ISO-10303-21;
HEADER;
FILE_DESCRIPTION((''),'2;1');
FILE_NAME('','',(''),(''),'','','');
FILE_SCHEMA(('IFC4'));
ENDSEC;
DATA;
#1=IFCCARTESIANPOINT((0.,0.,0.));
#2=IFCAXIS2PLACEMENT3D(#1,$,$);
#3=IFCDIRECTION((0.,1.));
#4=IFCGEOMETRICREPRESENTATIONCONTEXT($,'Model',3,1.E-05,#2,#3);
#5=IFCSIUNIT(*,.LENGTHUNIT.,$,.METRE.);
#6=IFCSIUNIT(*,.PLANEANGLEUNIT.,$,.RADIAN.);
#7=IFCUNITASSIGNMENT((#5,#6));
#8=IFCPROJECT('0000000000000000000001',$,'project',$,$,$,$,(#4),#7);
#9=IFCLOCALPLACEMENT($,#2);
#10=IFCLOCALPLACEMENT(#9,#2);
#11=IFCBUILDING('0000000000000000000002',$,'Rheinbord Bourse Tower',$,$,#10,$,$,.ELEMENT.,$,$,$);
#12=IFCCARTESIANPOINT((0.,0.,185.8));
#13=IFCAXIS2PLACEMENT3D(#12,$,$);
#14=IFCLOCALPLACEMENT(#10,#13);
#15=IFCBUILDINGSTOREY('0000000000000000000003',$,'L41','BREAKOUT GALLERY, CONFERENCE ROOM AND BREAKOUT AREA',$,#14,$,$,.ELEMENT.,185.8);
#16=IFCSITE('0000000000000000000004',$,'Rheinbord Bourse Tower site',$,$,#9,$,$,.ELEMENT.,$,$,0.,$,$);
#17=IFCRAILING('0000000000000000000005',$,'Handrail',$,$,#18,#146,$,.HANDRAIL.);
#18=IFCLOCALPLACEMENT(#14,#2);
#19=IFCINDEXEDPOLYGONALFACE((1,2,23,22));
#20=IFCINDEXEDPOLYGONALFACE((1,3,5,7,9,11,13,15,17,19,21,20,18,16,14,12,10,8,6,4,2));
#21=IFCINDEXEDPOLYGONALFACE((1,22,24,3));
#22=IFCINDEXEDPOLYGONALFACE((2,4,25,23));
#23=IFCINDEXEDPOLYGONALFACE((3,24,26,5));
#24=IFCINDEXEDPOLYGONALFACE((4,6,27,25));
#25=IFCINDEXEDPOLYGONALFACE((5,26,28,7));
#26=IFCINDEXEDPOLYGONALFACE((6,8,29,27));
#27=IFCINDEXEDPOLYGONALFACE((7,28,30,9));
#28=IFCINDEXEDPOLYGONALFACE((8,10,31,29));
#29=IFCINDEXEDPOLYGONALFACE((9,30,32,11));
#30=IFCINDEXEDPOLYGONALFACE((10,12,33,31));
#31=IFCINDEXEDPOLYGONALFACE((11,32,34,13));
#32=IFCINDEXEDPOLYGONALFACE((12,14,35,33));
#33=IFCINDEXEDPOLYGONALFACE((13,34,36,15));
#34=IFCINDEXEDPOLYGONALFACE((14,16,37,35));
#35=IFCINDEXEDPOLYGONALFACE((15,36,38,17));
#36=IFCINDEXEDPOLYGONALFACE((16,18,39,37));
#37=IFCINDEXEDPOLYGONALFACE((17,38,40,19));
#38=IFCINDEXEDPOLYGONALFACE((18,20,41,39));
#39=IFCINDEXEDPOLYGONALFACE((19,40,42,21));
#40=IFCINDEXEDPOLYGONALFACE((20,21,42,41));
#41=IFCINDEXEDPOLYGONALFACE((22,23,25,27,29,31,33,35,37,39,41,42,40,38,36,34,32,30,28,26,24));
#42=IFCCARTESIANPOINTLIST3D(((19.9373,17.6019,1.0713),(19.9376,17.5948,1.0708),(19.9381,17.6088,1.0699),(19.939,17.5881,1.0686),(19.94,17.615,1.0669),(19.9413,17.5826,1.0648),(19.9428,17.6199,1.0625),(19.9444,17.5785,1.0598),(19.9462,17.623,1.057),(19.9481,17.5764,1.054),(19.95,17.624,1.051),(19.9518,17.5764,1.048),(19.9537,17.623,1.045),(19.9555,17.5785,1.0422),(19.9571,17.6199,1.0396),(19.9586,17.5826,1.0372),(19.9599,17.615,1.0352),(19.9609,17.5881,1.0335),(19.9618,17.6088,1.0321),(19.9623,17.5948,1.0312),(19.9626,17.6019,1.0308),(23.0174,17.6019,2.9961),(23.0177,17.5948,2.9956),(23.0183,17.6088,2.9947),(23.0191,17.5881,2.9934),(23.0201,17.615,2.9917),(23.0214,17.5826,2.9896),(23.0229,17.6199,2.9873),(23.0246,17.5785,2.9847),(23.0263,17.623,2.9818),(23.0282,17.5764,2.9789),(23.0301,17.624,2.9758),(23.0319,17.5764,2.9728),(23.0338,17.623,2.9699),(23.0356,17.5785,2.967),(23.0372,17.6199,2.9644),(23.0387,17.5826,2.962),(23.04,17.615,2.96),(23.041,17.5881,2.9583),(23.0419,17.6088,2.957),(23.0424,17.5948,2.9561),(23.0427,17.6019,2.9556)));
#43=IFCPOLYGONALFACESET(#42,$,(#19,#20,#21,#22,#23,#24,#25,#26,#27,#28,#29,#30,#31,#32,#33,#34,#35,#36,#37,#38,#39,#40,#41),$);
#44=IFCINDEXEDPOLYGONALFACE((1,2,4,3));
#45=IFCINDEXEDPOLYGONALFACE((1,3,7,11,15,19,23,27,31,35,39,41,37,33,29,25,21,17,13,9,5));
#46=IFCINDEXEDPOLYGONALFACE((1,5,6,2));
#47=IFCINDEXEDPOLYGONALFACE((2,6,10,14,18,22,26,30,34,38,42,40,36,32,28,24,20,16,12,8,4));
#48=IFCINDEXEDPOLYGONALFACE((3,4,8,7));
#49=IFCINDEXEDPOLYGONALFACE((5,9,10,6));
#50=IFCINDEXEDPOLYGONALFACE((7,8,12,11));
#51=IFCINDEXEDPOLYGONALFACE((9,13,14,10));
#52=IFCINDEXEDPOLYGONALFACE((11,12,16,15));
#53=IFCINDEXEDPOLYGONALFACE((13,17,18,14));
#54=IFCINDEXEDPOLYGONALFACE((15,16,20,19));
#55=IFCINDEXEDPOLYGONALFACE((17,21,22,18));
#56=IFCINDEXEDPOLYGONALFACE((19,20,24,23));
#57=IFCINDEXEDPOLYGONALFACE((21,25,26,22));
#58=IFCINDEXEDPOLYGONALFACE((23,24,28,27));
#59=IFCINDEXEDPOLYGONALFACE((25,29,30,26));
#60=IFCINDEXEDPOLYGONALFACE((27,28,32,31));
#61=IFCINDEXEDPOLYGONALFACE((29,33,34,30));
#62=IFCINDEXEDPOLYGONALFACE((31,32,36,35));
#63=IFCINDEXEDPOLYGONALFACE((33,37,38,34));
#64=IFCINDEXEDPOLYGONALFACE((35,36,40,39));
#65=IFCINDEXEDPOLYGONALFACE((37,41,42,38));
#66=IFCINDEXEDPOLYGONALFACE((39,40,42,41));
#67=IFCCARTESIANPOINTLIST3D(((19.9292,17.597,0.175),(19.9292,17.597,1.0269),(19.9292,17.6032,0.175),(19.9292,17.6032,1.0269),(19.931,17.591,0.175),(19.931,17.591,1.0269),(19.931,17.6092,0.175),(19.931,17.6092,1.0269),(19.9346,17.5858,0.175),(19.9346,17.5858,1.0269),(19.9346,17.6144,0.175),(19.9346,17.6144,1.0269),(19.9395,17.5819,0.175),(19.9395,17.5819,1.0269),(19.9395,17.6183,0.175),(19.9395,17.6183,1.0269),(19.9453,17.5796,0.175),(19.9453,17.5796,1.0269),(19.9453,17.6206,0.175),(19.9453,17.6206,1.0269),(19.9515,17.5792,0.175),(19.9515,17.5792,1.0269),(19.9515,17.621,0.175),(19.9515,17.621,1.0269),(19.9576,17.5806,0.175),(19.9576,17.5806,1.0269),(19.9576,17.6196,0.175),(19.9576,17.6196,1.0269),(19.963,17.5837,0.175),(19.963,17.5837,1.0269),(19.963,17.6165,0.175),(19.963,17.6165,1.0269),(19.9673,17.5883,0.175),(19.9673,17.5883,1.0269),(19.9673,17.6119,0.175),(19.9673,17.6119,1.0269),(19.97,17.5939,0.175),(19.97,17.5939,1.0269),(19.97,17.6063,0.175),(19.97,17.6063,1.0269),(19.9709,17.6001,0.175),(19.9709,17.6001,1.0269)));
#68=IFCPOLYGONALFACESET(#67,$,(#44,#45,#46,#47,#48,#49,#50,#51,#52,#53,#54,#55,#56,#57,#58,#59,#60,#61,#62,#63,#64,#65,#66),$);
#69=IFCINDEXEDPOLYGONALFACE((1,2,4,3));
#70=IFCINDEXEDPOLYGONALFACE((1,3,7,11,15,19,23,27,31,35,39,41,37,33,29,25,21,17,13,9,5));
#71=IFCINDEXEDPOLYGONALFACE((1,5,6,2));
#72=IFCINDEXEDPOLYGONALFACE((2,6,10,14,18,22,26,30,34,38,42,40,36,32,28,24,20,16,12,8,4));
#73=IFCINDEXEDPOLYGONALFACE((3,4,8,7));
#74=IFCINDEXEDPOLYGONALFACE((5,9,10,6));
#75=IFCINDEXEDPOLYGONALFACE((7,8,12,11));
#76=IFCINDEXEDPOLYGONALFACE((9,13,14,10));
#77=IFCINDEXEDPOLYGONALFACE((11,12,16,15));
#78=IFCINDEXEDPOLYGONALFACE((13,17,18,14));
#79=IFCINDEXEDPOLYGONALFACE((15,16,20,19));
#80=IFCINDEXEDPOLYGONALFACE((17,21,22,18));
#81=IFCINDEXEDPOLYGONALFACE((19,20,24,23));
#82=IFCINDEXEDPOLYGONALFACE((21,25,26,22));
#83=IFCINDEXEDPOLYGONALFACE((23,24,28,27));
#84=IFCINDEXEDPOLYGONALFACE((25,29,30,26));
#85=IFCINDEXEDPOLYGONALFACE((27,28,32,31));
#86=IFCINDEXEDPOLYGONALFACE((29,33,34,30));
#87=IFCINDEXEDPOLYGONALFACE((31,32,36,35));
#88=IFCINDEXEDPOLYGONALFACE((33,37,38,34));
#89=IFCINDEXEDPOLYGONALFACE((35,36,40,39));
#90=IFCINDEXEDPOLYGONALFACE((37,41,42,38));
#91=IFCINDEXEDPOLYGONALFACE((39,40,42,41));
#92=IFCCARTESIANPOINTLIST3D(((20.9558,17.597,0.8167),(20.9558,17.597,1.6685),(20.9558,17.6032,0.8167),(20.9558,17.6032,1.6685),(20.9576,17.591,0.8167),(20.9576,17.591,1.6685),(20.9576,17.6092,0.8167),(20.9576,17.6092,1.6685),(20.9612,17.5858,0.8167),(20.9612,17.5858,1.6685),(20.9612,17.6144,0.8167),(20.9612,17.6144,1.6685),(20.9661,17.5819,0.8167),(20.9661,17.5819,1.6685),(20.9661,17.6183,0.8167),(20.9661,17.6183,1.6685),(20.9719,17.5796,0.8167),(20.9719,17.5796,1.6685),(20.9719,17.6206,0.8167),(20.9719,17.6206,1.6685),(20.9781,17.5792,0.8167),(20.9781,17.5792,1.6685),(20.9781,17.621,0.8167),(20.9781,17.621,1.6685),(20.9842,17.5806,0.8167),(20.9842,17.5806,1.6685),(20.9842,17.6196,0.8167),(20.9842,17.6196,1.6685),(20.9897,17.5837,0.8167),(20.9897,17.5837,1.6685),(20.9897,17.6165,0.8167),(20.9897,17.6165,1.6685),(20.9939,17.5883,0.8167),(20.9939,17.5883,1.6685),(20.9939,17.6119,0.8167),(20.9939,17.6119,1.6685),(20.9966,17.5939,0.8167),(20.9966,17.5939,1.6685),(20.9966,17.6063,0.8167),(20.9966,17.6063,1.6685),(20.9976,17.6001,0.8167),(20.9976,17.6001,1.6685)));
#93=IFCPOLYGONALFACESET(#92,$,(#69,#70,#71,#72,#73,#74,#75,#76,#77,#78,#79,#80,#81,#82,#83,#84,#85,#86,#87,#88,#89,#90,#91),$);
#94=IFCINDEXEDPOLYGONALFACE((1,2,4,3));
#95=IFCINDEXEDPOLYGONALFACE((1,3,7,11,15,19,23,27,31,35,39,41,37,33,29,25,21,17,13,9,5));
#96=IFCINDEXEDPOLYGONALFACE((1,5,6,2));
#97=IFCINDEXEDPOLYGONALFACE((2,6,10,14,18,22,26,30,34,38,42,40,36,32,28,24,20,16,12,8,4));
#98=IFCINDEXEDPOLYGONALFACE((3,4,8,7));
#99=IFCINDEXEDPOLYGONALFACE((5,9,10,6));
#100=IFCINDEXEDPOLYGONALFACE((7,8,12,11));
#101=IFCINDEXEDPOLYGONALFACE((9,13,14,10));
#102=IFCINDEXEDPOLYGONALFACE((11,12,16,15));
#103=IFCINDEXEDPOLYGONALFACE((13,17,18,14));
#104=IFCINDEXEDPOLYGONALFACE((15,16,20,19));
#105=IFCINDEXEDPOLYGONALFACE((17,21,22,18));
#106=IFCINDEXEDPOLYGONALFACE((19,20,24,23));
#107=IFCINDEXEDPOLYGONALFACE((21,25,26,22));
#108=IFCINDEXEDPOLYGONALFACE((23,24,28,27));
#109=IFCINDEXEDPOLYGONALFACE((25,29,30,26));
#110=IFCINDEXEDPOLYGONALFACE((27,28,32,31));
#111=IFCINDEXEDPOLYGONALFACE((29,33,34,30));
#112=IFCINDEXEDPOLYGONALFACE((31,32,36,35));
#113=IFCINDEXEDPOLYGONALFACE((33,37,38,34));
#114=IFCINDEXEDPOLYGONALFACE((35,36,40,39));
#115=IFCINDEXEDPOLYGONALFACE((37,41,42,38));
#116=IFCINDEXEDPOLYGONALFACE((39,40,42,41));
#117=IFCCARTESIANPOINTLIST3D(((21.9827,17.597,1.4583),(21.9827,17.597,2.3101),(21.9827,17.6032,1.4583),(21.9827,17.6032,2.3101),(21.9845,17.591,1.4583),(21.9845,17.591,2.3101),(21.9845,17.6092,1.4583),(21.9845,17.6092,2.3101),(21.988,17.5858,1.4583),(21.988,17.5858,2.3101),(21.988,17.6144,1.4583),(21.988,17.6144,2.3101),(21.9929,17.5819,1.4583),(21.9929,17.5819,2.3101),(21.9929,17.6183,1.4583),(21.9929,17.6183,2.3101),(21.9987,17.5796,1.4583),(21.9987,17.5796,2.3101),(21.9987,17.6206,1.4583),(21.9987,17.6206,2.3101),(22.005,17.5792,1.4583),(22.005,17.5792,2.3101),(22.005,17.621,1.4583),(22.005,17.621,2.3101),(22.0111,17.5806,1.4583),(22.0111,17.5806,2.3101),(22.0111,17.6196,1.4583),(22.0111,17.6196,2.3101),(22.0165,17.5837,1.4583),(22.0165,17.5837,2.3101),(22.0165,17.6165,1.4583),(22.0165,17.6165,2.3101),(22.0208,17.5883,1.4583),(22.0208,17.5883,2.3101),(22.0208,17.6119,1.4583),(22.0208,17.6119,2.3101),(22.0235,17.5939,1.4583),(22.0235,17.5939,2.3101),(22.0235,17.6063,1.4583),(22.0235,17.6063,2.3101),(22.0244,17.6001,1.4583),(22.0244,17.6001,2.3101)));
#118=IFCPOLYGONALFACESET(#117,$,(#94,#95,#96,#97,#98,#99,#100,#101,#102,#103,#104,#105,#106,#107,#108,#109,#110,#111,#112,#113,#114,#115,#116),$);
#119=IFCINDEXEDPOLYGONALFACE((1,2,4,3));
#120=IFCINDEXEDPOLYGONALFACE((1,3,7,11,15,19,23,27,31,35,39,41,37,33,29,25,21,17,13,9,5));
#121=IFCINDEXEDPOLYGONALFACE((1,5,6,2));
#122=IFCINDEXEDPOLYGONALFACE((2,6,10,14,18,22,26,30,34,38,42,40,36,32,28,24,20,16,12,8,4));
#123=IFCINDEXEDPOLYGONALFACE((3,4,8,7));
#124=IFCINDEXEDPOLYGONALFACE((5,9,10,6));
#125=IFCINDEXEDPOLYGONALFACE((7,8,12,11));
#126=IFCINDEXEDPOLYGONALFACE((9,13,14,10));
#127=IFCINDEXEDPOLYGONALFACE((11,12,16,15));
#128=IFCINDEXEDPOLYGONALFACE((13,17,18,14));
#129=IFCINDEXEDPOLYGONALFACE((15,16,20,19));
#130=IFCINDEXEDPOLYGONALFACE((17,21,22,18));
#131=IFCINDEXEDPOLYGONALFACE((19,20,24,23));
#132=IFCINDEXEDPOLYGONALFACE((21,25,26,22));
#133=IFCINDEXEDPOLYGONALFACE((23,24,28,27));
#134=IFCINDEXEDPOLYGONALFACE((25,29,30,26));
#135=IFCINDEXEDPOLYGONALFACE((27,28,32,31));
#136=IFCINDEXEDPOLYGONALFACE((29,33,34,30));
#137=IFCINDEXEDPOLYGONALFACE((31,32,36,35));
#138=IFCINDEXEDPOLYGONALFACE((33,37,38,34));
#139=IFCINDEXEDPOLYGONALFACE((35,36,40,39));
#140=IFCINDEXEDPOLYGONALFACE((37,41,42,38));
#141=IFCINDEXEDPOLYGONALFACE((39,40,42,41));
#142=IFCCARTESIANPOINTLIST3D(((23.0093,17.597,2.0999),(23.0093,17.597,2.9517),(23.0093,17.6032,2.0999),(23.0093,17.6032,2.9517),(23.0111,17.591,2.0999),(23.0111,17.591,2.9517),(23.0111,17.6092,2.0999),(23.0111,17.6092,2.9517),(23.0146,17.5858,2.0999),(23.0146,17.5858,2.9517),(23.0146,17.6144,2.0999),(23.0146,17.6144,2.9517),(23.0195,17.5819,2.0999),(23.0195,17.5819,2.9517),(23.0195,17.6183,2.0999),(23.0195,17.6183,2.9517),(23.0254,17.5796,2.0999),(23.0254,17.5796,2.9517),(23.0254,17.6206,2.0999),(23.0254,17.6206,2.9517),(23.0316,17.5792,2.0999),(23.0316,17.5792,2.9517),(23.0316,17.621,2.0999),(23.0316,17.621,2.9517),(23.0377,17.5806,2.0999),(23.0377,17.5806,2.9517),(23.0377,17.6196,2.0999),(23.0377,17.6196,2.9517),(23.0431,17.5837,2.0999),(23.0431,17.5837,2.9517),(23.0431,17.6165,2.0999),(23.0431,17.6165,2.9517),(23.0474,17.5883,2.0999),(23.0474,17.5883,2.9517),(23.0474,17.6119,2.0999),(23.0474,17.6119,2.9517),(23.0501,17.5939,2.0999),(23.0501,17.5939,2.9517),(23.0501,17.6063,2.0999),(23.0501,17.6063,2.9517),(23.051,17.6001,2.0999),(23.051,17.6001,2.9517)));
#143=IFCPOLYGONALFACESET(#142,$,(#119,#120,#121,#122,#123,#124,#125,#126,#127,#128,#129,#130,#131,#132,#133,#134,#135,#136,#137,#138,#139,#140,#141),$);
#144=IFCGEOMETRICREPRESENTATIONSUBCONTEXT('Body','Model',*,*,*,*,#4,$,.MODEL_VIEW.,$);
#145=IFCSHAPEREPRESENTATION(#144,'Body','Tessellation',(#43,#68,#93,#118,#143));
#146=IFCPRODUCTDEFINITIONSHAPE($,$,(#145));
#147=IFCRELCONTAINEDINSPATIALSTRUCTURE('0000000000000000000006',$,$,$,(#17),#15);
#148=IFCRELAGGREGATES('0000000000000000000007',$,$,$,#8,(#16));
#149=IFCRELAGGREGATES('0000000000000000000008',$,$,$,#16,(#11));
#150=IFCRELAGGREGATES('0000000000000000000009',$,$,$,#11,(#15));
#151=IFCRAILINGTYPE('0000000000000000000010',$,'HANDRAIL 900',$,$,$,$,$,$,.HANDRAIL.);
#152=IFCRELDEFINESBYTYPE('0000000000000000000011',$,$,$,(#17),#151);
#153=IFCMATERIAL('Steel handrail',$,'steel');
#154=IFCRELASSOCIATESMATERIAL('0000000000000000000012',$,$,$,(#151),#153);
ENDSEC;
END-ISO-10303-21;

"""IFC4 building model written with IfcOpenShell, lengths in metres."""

from ifc_helpers import new_model, si_unit, direction, frame, origin, origin_2d, place, context, subcontext, project, spatial, circle, extrude, material, type_object, element, save


model = new_model("IFC4")

# Units and contexts
model_context = context("Model", 3, precision=1e-05, world=origin(), true_north=direction((0.0, 1.0)))
body_context = subcontext(model_context, "Body", "Model", "MODEL_VIEW")
ifc_project = project(units=[si_unit("LENGTHUNIT", "METRE"), si_unit("PLANEANGLEUNIT", "RADIAN")], contexts=[model_context])

# Site, building, storey
site_placement = place(None, origin())
site = spatial("IfcSite", under=ifc_project, at=site_placement, Name="Rheinbord Bourse Tower site", CompositionType="ELEMENT", RefElevation=0.0)
building_placement = place(site_placement, origin())
building = spatial("IfcBuilding", under=site, at=building_placement, Name="Rheinbord Bourse Tower", CompositionType="ELEMENT")
storey_placement = place(building_placement, frame((0.0, 0.0, 185.8)))
storey = spatial("IfcBuildingStorey", under=building, at=storey_placement, Name="L41", Description="BREAKOUT GALLERY, CONFERENCE ROOM AND BREAKOUT AREA", CompositionType="ELEMENT", Elevation=185.8)

# Railing
ifc_material_1 = material(Name="Steel handrail", Category="steel")
railing_type = type_object("IfcRailingType", Name="HANDRAIL 900", PredefinedType="HANDRAIL", material=ifc_material_1)
railing_1_placement = place(storey_placement, frame((19.95, 17.6001, 0.175)))
element("IfcRailing", 1, at=railing_1_placement, inside=storey, type_object=railing_type, Name="Handrail", PredefinedType="HANDRAIL", context=body_context, shape_type="SweptSolid", body=[
    extrude(circle(Radius=0.0239, at=origin_2d()), frame((0.0, 0.0, 0.876), z_axis=(0.848029, 0.0, 0.529951), x_axis=(0.0, 1.0, 0.0)), (0.0, 0.0, 1.0), 3.6321),
    extrude(circle(Radius=0.021, at=origin_2d()), origin(), (0.0, 0.0, 1.0), 0.8518),
    extrude(circle(Radius=0.021, at=origin_2d()), frame((1.0266, 0.0, 0.6416)), (0.0, 0.0, 1.0), 0.8518),
    extrude(circle(Radius=0.021, at=origin_2d()), frame((2.0535, 0.0, 1.2832)), (0.0, 0.0, 1.0), 0.8518),
    extrude(circle(Radius=0.021, at=origin_2d()), frame((3.0801, 0.0, 1.9248)), (0.0, 0.0, 1.0), 0.8518),
])

save(model, "model.ifc")
